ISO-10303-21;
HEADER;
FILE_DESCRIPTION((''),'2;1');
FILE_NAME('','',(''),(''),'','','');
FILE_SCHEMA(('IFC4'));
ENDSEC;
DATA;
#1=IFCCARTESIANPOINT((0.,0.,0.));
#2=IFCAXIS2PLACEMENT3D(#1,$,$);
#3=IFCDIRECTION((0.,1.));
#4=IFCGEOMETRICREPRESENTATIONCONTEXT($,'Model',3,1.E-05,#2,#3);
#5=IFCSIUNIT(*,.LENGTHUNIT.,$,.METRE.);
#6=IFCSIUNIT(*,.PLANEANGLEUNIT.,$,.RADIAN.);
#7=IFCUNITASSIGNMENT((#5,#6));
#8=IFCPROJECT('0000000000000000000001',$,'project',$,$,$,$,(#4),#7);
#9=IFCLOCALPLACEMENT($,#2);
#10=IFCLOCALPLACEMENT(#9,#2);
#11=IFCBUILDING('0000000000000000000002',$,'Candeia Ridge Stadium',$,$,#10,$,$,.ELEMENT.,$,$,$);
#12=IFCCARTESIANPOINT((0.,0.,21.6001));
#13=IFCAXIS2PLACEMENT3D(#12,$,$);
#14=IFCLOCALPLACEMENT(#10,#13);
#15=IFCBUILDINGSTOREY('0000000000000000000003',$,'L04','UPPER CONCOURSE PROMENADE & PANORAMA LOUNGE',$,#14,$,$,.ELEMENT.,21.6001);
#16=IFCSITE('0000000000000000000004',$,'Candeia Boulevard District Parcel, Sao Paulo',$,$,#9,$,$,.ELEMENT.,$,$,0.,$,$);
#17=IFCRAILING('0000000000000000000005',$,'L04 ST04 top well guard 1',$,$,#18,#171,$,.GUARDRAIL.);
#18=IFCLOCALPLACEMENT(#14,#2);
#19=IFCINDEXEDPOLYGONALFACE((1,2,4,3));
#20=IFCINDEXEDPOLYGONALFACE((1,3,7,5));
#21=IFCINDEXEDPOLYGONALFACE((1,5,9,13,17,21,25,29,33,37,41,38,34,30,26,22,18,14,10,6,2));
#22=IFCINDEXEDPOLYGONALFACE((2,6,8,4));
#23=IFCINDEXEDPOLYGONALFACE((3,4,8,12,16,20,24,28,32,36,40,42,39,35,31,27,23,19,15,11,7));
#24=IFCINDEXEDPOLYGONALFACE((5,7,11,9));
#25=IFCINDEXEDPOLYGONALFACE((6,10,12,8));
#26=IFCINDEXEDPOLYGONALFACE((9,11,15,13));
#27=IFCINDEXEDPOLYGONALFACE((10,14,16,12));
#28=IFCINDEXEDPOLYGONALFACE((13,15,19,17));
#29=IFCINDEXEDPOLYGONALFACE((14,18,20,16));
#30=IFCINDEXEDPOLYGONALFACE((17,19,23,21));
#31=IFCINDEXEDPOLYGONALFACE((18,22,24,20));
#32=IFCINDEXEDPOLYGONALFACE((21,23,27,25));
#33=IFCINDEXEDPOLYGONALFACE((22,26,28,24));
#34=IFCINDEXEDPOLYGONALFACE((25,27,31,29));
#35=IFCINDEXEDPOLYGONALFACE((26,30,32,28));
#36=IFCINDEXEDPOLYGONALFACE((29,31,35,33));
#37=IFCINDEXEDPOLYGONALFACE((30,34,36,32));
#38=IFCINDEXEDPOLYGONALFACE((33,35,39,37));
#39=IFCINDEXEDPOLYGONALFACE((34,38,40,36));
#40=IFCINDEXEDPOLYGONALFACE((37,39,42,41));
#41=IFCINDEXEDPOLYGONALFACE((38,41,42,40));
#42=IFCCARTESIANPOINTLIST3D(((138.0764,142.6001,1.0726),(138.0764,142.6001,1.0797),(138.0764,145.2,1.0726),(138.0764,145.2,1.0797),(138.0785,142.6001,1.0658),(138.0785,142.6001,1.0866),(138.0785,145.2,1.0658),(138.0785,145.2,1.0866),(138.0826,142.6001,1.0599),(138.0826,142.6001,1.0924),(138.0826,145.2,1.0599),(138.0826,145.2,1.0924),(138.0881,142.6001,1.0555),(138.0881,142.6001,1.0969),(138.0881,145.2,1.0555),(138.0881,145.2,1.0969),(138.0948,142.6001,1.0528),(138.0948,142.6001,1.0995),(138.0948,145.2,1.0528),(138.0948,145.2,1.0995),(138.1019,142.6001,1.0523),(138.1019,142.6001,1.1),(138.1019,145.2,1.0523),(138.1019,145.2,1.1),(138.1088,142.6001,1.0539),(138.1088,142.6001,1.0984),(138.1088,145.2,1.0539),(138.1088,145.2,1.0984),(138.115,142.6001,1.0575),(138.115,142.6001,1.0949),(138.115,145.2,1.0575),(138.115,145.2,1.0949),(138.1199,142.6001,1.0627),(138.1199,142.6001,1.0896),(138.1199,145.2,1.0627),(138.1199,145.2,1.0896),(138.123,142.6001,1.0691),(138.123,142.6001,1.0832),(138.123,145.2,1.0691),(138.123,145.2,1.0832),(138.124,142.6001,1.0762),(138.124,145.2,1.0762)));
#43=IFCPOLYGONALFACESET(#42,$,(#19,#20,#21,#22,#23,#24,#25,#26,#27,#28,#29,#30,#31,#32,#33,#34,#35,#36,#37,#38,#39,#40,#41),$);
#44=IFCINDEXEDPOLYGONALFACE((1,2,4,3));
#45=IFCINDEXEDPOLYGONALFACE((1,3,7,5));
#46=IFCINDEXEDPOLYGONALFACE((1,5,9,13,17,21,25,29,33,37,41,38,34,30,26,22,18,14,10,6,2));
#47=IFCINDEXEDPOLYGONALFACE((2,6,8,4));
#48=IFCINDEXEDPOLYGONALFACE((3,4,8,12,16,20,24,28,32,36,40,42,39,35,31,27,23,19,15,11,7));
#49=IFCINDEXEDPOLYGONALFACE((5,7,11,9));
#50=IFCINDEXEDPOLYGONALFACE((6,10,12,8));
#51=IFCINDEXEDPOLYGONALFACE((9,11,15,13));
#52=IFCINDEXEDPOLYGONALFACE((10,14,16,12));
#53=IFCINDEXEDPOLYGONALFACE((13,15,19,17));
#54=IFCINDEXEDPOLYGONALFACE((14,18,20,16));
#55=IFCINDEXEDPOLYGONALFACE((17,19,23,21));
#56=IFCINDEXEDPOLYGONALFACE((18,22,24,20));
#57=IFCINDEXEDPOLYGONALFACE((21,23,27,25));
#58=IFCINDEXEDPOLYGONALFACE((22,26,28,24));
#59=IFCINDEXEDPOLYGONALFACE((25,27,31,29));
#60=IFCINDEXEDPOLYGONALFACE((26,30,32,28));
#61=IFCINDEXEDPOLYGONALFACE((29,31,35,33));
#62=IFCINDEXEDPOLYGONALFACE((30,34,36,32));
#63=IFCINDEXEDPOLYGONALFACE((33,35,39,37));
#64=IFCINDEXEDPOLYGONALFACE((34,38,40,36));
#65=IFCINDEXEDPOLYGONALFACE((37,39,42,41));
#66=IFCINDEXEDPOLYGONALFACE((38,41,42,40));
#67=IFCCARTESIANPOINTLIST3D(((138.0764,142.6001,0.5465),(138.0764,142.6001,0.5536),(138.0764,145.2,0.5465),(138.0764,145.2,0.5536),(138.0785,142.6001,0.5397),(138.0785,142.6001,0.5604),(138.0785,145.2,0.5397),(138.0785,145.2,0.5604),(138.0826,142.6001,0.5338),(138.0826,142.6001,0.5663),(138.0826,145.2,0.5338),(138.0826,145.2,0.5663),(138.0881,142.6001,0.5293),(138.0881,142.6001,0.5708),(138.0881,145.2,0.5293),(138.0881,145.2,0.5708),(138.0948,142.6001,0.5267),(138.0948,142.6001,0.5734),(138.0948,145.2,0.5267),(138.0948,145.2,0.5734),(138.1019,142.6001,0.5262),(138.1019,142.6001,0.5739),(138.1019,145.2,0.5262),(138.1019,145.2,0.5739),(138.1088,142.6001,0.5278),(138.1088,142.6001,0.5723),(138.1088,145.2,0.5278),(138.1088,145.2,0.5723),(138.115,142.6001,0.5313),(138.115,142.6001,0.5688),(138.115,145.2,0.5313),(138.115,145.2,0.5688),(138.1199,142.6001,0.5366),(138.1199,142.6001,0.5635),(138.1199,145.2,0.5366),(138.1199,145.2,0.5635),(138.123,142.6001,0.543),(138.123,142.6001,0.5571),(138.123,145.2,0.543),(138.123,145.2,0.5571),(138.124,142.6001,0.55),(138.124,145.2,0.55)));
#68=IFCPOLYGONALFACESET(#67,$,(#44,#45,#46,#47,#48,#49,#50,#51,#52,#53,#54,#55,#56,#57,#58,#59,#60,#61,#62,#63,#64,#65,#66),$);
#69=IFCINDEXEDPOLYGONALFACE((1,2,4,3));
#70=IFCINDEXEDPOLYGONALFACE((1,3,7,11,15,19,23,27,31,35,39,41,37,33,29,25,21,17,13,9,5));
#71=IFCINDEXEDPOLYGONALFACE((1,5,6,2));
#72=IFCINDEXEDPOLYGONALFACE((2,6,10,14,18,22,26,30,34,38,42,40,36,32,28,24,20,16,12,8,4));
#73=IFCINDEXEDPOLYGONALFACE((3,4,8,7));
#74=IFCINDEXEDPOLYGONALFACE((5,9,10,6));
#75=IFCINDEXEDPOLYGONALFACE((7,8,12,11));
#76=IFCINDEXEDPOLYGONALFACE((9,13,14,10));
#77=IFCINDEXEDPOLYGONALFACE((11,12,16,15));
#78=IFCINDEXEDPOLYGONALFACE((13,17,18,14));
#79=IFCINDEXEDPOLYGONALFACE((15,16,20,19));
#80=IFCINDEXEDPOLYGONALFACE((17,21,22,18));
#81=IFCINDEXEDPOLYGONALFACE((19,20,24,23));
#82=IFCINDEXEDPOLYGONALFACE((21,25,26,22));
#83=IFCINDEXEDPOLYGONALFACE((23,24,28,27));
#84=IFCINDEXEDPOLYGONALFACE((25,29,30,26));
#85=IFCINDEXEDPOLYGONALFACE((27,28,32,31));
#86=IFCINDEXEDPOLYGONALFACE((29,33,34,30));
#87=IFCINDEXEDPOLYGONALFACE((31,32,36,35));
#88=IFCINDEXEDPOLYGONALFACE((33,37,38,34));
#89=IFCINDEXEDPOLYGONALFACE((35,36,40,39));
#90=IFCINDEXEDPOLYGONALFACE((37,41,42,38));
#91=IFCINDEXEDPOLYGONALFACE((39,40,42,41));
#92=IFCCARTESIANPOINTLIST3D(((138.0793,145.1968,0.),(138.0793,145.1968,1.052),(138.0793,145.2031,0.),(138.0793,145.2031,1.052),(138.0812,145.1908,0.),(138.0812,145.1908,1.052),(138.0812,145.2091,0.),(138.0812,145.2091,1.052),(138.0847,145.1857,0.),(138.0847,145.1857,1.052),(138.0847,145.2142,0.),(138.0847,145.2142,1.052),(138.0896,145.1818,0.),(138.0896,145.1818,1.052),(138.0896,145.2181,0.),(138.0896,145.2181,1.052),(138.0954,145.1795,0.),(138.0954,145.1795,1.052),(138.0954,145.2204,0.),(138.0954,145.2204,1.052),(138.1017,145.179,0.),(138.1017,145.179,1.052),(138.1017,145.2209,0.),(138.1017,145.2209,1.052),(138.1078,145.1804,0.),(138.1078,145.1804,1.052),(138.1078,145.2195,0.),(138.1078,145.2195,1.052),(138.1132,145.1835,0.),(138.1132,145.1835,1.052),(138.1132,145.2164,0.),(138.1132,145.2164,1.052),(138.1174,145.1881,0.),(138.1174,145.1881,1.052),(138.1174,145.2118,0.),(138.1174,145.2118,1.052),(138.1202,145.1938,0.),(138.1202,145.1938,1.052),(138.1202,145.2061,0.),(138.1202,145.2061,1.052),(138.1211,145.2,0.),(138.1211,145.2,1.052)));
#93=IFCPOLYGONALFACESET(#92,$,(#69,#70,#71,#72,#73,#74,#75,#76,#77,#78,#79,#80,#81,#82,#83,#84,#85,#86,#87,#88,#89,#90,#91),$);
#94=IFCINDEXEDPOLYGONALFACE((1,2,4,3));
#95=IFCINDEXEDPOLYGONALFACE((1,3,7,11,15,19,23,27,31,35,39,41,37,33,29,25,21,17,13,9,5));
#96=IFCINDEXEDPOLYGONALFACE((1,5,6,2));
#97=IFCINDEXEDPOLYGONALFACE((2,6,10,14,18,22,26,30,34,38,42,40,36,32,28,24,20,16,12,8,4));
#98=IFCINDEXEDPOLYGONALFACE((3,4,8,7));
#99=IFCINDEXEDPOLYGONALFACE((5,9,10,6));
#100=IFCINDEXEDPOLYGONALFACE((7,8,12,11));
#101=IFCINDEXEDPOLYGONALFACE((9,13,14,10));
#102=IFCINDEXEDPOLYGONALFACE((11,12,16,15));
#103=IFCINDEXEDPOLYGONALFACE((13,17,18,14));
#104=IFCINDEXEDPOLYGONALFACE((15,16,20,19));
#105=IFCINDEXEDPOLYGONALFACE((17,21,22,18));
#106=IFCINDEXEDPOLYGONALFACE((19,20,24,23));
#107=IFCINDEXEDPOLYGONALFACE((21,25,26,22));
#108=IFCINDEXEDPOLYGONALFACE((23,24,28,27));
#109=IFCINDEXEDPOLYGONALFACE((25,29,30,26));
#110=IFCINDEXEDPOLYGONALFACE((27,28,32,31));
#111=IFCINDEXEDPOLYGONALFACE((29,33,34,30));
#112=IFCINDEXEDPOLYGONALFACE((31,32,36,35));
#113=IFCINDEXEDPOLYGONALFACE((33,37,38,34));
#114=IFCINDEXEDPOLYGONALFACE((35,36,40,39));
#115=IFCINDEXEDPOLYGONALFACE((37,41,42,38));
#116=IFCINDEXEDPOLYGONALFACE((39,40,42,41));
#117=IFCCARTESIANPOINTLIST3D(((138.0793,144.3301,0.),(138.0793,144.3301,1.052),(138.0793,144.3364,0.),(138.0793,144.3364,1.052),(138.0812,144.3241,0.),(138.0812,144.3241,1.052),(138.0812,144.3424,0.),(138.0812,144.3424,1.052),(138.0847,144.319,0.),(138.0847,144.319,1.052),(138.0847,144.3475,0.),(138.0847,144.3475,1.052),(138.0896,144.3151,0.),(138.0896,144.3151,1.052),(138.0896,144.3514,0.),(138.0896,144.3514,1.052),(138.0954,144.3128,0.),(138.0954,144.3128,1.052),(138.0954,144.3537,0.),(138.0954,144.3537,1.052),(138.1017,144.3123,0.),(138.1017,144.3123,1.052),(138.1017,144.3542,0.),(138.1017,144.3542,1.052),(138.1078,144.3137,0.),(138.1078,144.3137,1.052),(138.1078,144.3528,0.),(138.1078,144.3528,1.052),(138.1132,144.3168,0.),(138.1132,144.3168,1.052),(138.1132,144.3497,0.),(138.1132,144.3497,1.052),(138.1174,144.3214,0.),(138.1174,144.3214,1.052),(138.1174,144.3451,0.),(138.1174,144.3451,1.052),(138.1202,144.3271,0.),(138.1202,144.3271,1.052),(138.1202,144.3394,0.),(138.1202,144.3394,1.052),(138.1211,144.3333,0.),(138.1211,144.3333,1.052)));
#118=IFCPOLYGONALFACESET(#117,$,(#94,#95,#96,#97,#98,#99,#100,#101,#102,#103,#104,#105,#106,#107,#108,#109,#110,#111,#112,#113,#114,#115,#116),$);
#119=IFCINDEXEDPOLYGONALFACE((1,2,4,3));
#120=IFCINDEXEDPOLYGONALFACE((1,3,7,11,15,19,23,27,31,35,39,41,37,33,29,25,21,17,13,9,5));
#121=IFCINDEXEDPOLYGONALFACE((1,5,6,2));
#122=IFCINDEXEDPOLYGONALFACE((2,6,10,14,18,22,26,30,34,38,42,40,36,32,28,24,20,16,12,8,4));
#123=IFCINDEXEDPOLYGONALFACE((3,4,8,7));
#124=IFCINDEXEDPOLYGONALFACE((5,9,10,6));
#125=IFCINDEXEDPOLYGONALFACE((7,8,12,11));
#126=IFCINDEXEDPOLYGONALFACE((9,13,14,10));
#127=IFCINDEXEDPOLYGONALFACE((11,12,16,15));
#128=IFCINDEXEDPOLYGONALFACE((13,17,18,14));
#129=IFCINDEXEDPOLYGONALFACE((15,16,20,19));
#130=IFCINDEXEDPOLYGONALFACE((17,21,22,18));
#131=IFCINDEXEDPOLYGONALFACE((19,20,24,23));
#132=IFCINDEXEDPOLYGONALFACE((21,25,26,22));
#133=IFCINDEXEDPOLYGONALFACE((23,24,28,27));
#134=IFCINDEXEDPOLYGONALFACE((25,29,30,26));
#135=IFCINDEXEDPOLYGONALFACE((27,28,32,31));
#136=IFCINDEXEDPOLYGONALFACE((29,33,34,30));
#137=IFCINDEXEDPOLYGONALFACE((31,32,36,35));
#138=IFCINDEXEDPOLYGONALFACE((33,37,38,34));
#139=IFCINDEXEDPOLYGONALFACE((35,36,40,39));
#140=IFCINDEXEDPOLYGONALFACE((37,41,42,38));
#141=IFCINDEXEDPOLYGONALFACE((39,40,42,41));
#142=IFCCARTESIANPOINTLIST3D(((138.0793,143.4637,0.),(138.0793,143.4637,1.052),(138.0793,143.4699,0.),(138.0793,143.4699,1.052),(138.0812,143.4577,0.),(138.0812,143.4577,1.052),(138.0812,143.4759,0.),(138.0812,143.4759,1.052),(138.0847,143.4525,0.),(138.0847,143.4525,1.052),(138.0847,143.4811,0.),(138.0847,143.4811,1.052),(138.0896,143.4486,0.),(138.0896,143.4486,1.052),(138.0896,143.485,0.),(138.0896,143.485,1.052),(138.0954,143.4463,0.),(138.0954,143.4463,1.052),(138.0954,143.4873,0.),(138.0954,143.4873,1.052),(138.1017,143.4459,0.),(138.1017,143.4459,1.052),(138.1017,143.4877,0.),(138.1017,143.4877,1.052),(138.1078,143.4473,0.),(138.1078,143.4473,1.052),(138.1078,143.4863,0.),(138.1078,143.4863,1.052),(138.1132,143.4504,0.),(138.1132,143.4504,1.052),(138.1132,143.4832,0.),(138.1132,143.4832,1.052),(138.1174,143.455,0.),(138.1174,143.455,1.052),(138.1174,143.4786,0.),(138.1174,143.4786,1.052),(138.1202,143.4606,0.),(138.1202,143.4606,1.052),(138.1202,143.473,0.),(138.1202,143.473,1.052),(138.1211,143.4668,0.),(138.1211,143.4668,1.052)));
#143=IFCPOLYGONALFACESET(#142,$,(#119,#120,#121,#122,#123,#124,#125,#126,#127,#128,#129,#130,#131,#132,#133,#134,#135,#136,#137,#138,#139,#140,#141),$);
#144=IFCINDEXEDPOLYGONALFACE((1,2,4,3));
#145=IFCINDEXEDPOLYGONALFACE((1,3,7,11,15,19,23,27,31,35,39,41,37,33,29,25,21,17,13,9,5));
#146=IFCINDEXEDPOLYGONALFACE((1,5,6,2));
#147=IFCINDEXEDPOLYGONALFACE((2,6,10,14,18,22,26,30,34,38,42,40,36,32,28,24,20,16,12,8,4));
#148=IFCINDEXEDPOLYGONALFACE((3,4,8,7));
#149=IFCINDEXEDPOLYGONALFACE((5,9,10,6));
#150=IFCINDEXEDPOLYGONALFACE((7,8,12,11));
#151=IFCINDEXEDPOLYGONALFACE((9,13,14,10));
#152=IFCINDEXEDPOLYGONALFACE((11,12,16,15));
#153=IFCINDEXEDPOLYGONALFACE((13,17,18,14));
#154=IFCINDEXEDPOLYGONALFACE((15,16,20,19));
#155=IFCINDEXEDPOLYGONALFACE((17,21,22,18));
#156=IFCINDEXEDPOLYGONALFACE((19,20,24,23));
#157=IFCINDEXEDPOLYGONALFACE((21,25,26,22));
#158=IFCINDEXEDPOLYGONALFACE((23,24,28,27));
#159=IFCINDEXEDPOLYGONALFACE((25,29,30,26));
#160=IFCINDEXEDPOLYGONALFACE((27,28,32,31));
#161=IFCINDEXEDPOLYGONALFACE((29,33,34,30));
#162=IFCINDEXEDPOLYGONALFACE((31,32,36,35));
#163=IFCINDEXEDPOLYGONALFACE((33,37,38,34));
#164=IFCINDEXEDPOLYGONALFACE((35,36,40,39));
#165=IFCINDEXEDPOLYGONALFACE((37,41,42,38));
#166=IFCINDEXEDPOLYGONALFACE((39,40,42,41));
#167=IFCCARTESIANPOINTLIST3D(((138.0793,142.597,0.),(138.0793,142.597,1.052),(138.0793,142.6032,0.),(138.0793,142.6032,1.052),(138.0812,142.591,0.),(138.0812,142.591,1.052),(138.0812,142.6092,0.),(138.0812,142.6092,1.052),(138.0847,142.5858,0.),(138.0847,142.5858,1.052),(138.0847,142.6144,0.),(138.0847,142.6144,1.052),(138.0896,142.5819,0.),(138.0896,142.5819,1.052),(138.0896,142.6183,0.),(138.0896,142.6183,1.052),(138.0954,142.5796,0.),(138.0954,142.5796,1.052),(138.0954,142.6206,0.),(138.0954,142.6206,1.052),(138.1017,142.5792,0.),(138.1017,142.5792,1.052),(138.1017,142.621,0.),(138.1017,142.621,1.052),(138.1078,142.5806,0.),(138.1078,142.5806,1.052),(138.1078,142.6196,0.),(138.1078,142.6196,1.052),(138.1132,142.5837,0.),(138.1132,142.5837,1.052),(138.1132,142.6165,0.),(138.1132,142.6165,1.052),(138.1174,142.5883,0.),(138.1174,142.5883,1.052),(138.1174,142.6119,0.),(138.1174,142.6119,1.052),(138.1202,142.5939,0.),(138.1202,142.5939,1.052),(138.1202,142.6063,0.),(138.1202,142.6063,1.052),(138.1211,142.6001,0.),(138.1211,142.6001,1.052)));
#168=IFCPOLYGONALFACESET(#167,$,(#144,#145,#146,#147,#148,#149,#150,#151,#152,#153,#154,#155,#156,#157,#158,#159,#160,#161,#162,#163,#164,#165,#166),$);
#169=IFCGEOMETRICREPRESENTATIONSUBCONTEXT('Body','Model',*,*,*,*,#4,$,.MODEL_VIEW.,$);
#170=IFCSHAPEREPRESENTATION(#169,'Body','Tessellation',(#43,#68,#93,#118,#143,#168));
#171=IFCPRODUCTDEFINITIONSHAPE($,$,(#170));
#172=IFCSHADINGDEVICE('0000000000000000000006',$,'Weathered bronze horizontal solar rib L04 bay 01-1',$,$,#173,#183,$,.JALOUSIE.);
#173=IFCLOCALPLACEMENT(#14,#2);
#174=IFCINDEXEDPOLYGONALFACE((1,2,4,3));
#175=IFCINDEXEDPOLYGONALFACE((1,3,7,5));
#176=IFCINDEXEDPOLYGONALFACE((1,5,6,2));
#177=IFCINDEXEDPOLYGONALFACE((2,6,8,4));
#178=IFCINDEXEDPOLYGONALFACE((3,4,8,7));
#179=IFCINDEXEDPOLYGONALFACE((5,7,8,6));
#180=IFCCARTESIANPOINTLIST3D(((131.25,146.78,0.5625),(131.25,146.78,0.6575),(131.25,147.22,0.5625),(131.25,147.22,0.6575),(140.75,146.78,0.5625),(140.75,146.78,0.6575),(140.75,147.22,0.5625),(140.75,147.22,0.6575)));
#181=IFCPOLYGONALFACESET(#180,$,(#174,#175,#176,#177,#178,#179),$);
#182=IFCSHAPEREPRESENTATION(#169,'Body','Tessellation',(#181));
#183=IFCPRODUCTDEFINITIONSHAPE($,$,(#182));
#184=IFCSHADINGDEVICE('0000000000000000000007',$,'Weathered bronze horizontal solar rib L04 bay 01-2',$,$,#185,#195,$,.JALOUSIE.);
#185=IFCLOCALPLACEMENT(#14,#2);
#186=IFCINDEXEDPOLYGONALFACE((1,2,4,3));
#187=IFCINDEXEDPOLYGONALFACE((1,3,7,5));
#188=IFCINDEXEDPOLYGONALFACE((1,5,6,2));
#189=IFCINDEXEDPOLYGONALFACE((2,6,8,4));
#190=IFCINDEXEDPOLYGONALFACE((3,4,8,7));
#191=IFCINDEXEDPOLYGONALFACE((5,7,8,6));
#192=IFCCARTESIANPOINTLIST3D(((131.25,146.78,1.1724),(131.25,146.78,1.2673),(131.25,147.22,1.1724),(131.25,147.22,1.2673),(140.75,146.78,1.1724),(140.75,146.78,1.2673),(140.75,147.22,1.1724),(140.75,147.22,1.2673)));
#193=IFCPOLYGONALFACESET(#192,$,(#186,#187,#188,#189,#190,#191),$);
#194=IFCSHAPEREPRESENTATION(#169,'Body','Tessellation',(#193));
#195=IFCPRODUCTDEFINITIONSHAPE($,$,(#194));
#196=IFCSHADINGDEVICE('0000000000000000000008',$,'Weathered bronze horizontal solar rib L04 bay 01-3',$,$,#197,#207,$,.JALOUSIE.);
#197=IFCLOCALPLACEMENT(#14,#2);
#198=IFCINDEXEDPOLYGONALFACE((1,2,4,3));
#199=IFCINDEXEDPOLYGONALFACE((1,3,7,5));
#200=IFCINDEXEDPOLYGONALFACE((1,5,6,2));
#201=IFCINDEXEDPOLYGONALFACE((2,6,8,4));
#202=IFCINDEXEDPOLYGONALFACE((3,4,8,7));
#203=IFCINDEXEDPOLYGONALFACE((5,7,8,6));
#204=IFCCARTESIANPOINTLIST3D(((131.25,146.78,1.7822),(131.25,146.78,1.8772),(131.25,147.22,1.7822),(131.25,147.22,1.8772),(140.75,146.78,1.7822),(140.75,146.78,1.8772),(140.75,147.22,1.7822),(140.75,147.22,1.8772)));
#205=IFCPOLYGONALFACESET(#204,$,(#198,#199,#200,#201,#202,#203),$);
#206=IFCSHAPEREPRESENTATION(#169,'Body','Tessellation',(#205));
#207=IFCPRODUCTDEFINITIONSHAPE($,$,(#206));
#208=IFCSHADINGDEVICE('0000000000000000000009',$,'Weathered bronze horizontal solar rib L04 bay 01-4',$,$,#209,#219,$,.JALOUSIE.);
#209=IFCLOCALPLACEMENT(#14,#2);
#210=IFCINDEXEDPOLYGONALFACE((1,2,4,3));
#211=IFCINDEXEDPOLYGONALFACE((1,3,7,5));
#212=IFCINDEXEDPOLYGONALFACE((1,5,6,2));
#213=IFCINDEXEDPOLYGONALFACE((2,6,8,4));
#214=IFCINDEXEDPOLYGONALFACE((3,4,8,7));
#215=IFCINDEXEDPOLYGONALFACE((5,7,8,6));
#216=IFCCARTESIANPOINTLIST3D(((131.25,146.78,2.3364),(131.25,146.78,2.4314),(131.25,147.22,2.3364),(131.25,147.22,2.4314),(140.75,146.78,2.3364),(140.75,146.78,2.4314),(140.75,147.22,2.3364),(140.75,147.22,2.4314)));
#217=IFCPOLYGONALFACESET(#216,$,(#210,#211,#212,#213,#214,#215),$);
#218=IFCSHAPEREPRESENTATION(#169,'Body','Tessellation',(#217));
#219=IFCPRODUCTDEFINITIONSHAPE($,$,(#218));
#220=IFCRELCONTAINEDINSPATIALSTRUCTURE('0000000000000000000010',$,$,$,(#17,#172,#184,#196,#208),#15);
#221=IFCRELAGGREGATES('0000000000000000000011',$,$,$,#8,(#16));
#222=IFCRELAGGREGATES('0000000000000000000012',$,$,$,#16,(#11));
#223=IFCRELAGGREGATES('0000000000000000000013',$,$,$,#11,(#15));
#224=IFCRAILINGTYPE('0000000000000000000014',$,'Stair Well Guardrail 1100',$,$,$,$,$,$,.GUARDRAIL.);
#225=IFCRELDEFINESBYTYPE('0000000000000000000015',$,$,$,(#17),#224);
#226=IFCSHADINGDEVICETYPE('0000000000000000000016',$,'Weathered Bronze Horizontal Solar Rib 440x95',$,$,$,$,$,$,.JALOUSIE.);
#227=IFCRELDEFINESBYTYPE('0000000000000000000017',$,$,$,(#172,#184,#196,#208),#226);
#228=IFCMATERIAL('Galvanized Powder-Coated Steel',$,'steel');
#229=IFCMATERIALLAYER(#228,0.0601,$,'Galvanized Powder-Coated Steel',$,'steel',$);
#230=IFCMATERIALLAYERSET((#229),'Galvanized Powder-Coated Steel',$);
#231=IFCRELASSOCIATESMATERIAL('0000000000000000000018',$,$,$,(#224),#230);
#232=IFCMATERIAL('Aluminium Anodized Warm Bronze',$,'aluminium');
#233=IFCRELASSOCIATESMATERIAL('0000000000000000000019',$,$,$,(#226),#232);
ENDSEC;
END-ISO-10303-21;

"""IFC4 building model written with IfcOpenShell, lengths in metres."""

from ifc_helpers import new_model, si_unit, direction, frame, origin, origin_2d, place, context, subcontext, project, spatial, rectangle, circle, extrude, material, layer, layer_set, type_object, element, save


model = new_model("IFC4")

# Units and contexts
model_context = context("Model", 3, precision=1e-05, world=origin(), true_north=direction((0.0, 1.0)))
body_context = subcontext(model_context, "Body", "Model", "MODEL_VIEW")
ifc_project = project(units=[si_unit("LENGTHUNIT", "METRE"), si_unit("PLANEANGLEUNIT", "RADIAN")], contexts=[model_context])

# Site, building, storey
site_placement = place(None, origin())
site = spatial("IfcSite", under=ifc_project, at=site_placement, Name="Candeia Boulevard District Parcel, Sao Paulo", CompositionType="ELEMENT", RefElevation=0.0)
building_placement = place(site_placement, origin())
building = spatial("IfcBuilding", under=site, at=building_placement, Name="Candeia Ridge Stadium", CompositionType="ELEMENT")
storey_placement = place(building_placement, frame((0.0, 0.0, 21.6001)))
storey = spatial("IfcBuildingStorey", under=building, at=storey_placement, Name="L04", Description="UPPER CONCOURSE PROMENADE & PANORAMA LOUNGE", CompositionType="ELEMENT", Elevation=21.6001)

# Shared definitions
ifc_material_1 = material(Name="Aluminium Anodized Warm Bronze", Category="aluminium")

# Railing
ifc_material_2 = material(Name="Galvanized Powder-Coated Steel", Category="steel")
ifc_layer_1 = layer(ifc_material_2, 0.0601, Name="Galvanized Powder-Coated Steel", Category="steel")
ifc_layer_set_1 = layer_set([ifc_layer_1], Name="Galvanized Powder-Coated Steel")
railing_type_1 = type_object("IfcRailingType", Name="Stair Well Guardrail 1100", PredefinedType="GUARDRAIL", material=ifc_layer_set_1)
railing_1_placement = place(storey_placement, frame((138.1001, 145.2, 0.0)))
element("IfcRailing", 1, at=railing_1_placement, inside=storey, type_object=railing_type_1, Name="L04 ST04 top well guard 1", PredefinedType="GUARDRAIL", context=body_context, shape_type="SweptSolid", body=[
    extrude(circle(Radius=0.0239, at=origin_2d()), frame((0.0, 0.0, 1.0762), z_axis=(0.0, -1.0, 0.0), x_axis=(1.0, 0.0, 0.0)), (0.0, 0.0, 1.0), 2.5999),
    extrude(circle(Radius=0.0239, at=origin_2d()), frame((0.0, 0.0, 0.55), z_axis=(0.0, -1.0, 0.0), x_axis=(1.0, 0.0, 0.0)), (0.0, 0.0, 1.0), 2.5999),
    extrude(circle(Radius=0.021, at=origin_2d()), origin(), (0.0, 0.0, 1.0), 1.052),
    extrude(circle(Radius=0.021, at=origin_2d()), frame((0.0, -0.8667, 0.0)), (0.0, 0.0, 1.0), 1.052),
    extrude(circle(Radius=0.021, at=origin_2d()), frame((0.0, -1.7332, 0.0)), (0.0, 0.0, 1.0), 1.052),
    extrude(circle(Radius=0.021, at=origin_2d()), frame((0.0, -2.5999, 0.0)), (0.0, 0.0, 1.0), 1.052),
])

# Shading devices
shading_device_type_1 = type_object("IfcShadingDeviceType", Name="Weathered Bronze Horizontal Solar Rib 440x95", PredefinedType="JALOUSIE", material=ifc_material_1)
for number, where, z_axis, x_axis, name in (
    (2, (136.0, 147.0, 0.5625), (0.0, 0.0, 1.0), (-1.0, 0.0, 0.0), "Weathered bronze horizontal solar rib L04 bay 01-1"),
    (3, (136.0, 147.0, 1.1724), (0.0, 0.0, 1.0), (-1.0, 0.0, 0.0), "Weathered bronze horizontal solar rib L04 bay 01-2"),
    (4, (136.0, 147.0, 1.7822), (0.0, 0.0, 1.0), (-1.0, 0.0, 0.0), "Weathered bronze horizontal solar rib L04 bay 01-3"),
    (5, (136.0, 147.0, 2.3364), (0.0, 0.0, 1.0), (-1.0, 0.0, 0.0), "Weathered bronze horizontal solar rib L04 bay 01-4"),
):
    element("IfcShadingDevice", number, at=place(storey_placement, frame(where, z_axis=z_axis, x_axis=x_axis)), inside=storey, type_object=shading_device_type_1, Name=name, PredefinedType="JALOUSIE", context=body_context, shape_type="SweptSolid", body=[
        extrude(rectangle(XDim=9.5, YDim=0.4399, at=origin_2d()), origin(), (0.0, 0.0, 1.0), 0.095),
    ])

save(model, "model.ifc")
